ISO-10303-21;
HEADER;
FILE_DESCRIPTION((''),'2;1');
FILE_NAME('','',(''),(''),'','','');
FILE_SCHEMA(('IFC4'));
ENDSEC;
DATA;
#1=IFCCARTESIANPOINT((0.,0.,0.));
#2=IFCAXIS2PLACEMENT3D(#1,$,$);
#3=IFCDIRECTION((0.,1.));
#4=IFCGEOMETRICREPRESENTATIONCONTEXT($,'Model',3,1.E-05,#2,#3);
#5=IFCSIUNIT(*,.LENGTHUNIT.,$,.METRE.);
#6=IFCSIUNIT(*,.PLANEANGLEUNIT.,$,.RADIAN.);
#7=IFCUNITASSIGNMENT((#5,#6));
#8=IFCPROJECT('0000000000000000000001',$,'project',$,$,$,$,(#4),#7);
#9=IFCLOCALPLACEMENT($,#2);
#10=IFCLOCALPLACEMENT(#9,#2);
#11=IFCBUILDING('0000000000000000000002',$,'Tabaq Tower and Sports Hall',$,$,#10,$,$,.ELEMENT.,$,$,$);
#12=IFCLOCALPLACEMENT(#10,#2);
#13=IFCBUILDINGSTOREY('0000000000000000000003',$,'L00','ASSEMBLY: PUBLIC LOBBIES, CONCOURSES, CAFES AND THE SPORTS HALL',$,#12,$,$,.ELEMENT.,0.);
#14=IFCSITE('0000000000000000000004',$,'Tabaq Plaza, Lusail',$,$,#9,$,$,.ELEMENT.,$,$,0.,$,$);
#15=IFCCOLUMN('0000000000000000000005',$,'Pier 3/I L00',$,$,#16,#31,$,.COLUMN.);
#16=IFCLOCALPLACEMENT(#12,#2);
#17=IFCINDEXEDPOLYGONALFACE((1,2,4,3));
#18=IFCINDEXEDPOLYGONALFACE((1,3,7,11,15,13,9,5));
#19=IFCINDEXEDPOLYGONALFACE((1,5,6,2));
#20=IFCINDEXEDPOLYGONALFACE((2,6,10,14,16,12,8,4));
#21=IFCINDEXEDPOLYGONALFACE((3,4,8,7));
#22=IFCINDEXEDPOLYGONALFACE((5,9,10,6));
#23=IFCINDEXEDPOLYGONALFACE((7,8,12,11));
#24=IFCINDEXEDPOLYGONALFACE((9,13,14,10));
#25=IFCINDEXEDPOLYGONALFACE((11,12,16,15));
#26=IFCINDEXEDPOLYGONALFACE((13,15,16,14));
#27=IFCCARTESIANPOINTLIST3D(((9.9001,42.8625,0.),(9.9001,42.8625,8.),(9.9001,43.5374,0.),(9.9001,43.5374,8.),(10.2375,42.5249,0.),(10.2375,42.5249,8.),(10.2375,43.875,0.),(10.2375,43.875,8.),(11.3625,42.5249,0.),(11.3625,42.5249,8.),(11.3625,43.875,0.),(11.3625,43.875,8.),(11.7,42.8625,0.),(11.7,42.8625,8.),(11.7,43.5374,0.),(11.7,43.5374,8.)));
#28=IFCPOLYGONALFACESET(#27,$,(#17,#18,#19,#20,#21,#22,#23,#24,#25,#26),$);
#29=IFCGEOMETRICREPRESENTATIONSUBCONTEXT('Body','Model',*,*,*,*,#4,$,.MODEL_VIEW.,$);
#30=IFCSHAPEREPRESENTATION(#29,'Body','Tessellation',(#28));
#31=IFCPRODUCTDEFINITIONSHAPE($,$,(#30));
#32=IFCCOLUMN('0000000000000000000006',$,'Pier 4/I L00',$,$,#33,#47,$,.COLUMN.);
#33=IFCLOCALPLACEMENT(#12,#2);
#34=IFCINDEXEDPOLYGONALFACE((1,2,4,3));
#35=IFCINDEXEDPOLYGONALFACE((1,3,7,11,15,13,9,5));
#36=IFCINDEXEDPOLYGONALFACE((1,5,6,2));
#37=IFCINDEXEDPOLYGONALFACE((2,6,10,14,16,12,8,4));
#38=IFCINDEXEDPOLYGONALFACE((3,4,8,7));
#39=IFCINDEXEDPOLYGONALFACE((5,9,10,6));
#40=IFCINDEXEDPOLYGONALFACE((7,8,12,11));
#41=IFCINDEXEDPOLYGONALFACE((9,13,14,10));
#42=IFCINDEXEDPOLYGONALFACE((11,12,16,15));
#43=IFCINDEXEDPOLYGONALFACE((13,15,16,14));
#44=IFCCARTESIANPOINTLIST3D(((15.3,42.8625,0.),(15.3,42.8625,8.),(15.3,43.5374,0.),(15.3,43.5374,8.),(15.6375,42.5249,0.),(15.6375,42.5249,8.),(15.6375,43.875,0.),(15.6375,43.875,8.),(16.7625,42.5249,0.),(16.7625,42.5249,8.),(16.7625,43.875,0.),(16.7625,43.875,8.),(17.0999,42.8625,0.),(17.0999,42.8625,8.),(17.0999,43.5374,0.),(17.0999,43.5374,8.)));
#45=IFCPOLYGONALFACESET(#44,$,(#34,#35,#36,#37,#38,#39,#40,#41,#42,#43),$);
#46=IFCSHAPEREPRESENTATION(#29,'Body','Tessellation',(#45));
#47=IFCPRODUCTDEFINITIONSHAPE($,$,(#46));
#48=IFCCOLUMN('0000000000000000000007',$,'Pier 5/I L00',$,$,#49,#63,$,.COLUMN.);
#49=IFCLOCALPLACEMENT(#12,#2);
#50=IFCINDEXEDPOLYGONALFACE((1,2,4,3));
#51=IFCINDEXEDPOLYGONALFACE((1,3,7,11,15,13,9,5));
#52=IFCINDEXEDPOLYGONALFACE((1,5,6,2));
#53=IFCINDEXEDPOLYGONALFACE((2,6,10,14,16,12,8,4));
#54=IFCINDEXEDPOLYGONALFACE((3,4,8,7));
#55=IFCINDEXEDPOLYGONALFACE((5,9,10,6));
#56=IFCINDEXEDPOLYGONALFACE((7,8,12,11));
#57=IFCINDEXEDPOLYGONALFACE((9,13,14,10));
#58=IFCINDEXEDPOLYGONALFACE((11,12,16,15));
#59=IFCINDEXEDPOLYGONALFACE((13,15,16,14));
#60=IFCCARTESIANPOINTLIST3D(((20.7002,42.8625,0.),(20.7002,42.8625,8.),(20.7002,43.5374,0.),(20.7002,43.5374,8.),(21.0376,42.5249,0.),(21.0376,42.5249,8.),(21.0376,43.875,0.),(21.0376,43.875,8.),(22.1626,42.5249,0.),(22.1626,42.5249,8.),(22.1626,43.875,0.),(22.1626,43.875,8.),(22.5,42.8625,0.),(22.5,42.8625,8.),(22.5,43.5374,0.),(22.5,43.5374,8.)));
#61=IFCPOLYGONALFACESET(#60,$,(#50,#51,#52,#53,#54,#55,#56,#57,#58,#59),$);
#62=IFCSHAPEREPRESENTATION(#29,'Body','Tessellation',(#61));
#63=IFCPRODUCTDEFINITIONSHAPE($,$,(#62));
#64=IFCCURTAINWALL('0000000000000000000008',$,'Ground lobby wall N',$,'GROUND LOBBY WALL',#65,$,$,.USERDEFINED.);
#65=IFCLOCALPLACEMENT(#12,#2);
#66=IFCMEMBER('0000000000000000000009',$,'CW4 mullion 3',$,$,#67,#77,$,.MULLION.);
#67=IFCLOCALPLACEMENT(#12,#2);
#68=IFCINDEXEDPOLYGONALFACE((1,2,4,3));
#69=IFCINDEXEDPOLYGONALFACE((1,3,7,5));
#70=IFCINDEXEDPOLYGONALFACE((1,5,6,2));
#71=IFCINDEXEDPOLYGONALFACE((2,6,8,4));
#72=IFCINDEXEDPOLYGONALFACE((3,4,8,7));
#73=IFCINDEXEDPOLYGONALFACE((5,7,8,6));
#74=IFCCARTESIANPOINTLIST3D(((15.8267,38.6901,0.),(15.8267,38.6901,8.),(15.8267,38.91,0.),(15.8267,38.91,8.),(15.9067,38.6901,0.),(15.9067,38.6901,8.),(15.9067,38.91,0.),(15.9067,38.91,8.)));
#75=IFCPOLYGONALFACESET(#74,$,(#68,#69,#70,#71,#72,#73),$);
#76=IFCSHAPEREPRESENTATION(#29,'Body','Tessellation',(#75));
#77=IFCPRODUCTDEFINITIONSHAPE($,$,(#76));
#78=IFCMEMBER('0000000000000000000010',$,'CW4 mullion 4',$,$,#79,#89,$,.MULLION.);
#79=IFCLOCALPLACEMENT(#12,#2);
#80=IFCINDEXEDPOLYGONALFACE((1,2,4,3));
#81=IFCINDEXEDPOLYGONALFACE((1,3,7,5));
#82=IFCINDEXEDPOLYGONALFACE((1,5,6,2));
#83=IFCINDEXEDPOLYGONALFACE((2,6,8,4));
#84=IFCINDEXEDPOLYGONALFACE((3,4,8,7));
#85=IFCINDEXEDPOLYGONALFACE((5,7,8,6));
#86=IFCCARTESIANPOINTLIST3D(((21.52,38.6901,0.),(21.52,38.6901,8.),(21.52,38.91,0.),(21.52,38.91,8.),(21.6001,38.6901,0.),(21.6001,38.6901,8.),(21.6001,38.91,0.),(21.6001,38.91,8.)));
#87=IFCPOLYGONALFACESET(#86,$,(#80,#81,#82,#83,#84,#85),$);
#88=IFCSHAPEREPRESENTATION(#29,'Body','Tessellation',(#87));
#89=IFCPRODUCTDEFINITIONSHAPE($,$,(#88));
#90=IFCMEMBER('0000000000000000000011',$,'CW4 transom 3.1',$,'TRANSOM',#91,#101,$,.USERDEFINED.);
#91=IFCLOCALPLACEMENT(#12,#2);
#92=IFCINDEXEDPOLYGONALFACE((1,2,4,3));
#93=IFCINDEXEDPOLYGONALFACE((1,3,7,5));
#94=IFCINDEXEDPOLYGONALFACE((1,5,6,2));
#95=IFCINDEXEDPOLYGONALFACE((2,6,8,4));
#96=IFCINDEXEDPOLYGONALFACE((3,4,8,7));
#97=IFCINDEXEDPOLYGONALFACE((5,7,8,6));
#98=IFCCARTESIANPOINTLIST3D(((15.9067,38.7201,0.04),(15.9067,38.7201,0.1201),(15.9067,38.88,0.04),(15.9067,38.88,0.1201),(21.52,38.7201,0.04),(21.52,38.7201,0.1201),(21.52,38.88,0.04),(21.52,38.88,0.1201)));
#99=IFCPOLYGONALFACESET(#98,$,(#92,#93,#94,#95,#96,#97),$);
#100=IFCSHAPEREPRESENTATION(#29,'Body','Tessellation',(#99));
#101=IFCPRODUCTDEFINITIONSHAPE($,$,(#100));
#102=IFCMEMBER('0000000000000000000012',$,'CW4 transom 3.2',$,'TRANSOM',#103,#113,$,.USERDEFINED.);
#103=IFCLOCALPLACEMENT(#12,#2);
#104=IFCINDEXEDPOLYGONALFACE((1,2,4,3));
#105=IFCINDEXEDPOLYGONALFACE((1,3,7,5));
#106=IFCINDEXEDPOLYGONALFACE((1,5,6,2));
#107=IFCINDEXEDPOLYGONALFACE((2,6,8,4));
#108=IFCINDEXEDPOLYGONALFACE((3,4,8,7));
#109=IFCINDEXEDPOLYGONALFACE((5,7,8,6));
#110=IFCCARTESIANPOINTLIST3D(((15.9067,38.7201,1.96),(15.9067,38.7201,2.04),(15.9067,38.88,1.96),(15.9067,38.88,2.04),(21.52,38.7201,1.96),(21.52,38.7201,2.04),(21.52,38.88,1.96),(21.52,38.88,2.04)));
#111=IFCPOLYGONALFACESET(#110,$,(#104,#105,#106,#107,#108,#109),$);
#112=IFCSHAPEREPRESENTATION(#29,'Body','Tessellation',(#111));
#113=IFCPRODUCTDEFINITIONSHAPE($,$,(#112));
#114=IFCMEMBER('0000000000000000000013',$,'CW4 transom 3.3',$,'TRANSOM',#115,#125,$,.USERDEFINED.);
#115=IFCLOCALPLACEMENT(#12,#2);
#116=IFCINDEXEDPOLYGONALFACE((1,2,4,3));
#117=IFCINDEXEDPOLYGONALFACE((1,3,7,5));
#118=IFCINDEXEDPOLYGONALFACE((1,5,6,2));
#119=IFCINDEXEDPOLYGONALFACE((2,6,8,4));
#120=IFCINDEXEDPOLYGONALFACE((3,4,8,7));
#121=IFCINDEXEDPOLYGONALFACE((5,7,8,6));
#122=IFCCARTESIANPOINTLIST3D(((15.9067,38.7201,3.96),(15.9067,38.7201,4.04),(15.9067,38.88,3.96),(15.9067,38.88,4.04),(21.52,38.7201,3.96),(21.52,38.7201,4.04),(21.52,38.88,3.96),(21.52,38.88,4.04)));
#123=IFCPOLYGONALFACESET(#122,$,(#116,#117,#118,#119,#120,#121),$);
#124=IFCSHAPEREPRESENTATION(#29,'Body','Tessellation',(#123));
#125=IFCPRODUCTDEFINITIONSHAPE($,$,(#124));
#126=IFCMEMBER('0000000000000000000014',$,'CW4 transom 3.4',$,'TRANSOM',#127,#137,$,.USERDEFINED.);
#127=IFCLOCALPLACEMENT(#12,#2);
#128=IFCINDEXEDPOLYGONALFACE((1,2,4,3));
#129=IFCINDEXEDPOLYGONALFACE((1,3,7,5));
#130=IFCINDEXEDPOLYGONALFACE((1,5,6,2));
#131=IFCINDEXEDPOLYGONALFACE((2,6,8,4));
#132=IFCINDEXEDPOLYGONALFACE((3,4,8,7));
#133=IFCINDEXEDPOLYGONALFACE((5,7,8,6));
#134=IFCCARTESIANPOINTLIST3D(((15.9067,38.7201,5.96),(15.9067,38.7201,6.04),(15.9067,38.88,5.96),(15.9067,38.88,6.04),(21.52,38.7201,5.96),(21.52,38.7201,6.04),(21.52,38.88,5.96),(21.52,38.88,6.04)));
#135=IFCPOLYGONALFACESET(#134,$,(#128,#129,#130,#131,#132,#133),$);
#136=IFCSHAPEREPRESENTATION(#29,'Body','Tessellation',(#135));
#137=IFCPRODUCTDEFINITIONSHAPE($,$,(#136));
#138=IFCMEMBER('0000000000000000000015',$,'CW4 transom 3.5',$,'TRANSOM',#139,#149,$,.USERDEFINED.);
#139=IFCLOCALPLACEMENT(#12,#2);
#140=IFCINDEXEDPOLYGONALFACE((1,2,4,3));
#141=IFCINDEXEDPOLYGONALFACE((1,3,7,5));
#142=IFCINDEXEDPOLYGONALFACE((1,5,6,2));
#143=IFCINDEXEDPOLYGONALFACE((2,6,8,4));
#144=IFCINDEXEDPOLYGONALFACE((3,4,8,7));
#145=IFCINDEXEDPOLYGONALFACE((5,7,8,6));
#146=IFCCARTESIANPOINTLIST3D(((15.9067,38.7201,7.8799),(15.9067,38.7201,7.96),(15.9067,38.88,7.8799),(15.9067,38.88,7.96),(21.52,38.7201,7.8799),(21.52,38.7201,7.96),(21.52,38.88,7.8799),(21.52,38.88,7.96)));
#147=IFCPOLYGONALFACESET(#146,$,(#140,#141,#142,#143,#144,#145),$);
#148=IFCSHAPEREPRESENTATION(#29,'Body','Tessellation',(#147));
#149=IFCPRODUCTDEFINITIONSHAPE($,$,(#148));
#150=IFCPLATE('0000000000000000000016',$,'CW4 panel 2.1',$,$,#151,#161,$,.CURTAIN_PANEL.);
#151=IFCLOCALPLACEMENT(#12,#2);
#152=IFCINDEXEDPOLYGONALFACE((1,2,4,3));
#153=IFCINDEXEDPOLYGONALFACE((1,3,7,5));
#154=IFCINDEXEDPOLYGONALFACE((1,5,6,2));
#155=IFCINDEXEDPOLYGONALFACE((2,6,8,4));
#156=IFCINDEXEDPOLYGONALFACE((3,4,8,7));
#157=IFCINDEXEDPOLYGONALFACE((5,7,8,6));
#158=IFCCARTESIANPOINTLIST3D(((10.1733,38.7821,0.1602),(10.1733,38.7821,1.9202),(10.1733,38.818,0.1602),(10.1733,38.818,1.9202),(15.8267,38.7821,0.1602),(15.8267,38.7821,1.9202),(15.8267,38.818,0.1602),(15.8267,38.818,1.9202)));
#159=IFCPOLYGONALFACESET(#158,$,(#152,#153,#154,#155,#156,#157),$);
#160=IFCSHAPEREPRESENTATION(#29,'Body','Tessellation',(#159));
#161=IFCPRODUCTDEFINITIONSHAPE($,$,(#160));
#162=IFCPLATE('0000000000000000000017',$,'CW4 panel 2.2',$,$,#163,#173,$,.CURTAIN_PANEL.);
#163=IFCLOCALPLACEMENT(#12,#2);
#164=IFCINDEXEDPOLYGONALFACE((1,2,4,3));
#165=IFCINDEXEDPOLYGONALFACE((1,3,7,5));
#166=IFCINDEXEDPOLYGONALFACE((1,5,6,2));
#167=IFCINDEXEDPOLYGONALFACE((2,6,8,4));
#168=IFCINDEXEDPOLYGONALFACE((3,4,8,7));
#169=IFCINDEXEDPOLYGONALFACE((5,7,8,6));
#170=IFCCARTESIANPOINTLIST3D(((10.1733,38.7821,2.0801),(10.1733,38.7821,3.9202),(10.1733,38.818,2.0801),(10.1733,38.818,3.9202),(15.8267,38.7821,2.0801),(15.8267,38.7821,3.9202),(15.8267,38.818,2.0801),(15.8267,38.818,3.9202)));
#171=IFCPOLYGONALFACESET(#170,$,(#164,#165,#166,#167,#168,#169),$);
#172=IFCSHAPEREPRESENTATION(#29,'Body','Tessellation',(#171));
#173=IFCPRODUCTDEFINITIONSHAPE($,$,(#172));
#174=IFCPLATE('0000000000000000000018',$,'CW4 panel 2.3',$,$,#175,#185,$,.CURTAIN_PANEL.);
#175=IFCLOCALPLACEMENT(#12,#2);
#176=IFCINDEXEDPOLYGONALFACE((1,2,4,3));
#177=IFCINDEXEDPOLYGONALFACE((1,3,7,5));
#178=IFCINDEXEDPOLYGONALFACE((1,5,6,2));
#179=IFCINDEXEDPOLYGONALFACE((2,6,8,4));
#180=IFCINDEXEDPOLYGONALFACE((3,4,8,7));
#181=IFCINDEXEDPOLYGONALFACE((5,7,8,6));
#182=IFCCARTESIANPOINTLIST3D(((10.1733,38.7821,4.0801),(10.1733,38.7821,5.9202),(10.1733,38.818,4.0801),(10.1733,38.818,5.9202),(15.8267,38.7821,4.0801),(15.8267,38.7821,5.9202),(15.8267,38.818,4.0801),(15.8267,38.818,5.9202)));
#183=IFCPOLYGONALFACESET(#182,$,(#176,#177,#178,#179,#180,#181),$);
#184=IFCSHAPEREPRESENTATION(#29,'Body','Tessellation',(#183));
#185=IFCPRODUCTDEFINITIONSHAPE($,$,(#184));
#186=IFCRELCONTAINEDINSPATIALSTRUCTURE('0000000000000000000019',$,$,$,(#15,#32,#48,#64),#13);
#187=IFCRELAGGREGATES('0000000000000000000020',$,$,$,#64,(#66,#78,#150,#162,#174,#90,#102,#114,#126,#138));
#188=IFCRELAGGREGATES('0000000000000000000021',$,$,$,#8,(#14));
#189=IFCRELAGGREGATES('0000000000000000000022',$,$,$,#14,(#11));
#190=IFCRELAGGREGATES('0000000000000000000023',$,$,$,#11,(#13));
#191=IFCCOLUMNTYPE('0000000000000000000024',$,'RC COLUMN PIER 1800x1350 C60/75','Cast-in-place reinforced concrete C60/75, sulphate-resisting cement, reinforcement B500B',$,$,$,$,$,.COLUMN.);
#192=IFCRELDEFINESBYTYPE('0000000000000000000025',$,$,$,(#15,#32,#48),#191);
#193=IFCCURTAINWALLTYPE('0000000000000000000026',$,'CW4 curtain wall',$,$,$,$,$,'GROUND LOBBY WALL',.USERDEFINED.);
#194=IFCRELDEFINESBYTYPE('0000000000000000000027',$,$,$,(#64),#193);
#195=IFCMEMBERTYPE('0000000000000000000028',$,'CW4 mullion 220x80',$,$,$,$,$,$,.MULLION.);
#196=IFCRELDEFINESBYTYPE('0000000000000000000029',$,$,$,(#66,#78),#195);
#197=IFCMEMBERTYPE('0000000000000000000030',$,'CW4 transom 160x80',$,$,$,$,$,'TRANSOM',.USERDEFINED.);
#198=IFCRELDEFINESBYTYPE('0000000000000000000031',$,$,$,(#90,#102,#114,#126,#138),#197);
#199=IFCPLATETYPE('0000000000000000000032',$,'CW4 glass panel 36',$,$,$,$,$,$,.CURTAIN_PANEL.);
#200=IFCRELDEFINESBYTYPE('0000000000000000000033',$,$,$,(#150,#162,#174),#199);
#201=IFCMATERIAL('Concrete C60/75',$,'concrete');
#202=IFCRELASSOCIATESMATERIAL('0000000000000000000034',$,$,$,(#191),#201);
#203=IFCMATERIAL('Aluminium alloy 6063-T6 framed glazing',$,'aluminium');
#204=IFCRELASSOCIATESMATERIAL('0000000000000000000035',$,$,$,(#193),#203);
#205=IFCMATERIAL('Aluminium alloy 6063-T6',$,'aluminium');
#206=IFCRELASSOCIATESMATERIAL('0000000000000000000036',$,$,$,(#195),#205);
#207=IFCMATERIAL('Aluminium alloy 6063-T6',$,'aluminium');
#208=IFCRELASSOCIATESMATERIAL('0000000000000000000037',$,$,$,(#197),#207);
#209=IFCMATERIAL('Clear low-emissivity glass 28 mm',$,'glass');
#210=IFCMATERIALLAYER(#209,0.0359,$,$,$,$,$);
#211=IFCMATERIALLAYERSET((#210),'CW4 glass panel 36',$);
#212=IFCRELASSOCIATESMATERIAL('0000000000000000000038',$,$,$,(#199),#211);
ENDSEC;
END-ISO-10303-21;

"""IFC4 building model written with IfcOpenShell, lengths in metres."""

from ifc_helpers import new_model, si_unit, direction, frame, origin, origin_2d, place, context, subcontext, project, spatial, polyline, rectangle, outline, extrude, material, layer, layer_set, material_profile, profile_set, type_object, element, aggregate, save


model = new_model("IFC4")

# Units and contexts
model_context = context("Model", 3, precision=1e-05, world=origin(), true_north=direction((0.0, 1.0)))
body_context = subcontext(model_context, "Body", "Model", "MODEL_VIEW")
ifc_project = project(units=[si_unit("LENGTHUNIT", "METRE"), si_unit("PLANEANGLEUNIT", "RADIAN")], contexts=[model_context])

# Site, building, storey
site_placement = place(None, origin())
site = spatial("IfcSite", under=ifc_project, at=site_placement, Name="Tabaq Plaza, Lusail", CompositionType="ELEMENT", RefElevation=0.0)
building_placement = place(site_placement, origin())
building = spatial("IfcBuilding", under=site, at=building_placement, Name="Tabaq Tower and Sports Hall", CompositionType="ELEMENT")
storey_placement = place(building_placement, origin())
storey = spatial("IfcBuildingStorey", under=building, at=storey_placement, Name="L00", Description="ASSEMBLY: PUBLIC LOBBIES, CONCOURSES, CAFES AND THE SPORTS HALL", CompositionType="ELEMENT", Elevation=0.0)

# Columns
ifc_material_1 = material(Name="Concrete C60/75", Category="concrete")
ifc_material_profile_1 = material_profile(ifc_material_1, outline(polyline([(-0.5625, -0.675), (0.5625, -0.675), (0.8999, -0.3374), (0.8999, 0.3374), (0.5625, 0.675), (-0.5625, 0.675), (-0.8999, 0.3374), (-0.8999, -0.3374), (-0.5625, -0.675)])), Name="PIER 1800x1350")
ifc_profile_set_1 = profile_set([ifc_material_profile_1], Name="Concrete C60/75")
column_type = type_object("IfcColumnType", Name="RC COLUMN PIER 1800x1350 C60/75", Description="Cast-in-place reinforced concrete C60/75, sulphate-resisting cement, reinforcement B500B", PredefinedType="COLUMN", material=ifc_profile_set_1)
for number, where, z_axis, x_axis, name in (
    (1, (10.8, 43.2, 0.0), (0.0, 0.0, 1.0), (1.0, 0.0, 0.0), "Pier 3/I L00"),
    (2, (16.2, 43.2, 0.0), (0.0, 0.0, 1.0), (1.0, 0.0, 0.0), "Pier 4/I L00"),
    (3, (21.6001, 43.2, 0.0), (0.0, 0.0, 1.0), (1.0, 0.0, 0.0), "Pier 5/I L00"),
):
    element("IfcColumn", number, at=place(storey_placement, frame(where, z_axis=z_axis, x_axis=x_axis)), inside=storey, type_object=column_type, Name=name, PredefinedType="COLUMN", context=body_context, shape_type="SweptSolid", body=[
        extrude(outline(polyline([(-0.5625, -0.675), (0.5625, -0.675), (0.8999, -0.3374), (0.8999, 0.3374), (0.5625, 0.675), (-0.5625, 0.675), (-0.8999, 0.3374), (-0.8999, -0.3374), (-0.5625, -0.675)])), origin(), (0.0, 0.0, 1.0), 8.0),
    ])

# Curtain wall, members, plates
ifc_material_2 = material(Name="Aluminium alloy 6063-T6 framed glazing", Category="aluminium")
curtain_wall_type = type_object("IfcCurtainWallType", Name="CW4 curtain wall", ElementType="GROUND LOBBY WALL", PredefinedType="USERDEFINED", material=ifc_material_2)
curtain_wall_placement = place(storey_placement, origin())
curtain_wall = element("IfcCurtainWall", 4, at=curtain_wall_placement, inside=storey, type_object=curtain_wall_type, Name="Ground lobby wall N", ObjectType="GROUND LOBBY WALL", PredefinedType="USERDEFINED")
ifc_material_3 = material(Name="Aluminium alloy 6063-T6", Category="aluminium")
ifc_material_profile_2 = material_profile(ifc_material_3, rectangle(XDim=0.22, YDim=0.0801, at=origin_2d()), Name="MULLION 220x80")
ifc_profile_set_2 = profile_set([ifc_material_profile_2], Name="Aluminium alloy 6063-T6")
member_type_1 = type_object("IfcMemberType", Name="CW4 mullion 220x80", PredefinedType="MULLION", material=ifc_profile_set_2)
member_1_placement = place(storey_placement, frame((15.8667, 38.8, 0.0), z_axis=(0.0, 0.0, 1.0), x_axis=(0.0, 1.0, 0.0)))
member_1 = element("IfcMember", 5, at=member_1_placement, type_object=member_type_1, Name="CW4 mullion 3", PredefinedType="MULLION", context=body_context, shape_type="SweptSolid", body=[
    extrude(rectangle(XDim=0.22, YDim=0.0801, at=origin_2d()), origin(), (0.0, 0.0, 1.0), 8.0),
])
member_2_placement = place(storey_placement, frame((21.5601, 38.8, 0.0), z_axis=(0.0, 0.0, 1.0), x_axis=(0.0, 1.0, 0.0)))
member_2 = element("IfcMember", 6, at=member_2_placement, type_object=member_type_1, Name="CW4 mullion 4", PredefinedType="MULLION", context=body_context, shape_type="SweptSolid", body=[
    extrude(rectangle(XDim=0.22, YDim=0.0801, at=origin_2d()), origin(), (0.0, 0.0, 1.0), 8.0),
])
ifc_material_4 = material(Name="Aluminium alloy 6063-T6", Category="aluminium")
ifc_material_profile_3 = material_profile(ifc_material_4, rectangle(XDim=0.1599, YDim=0.0801, at=origin_2d()), Name="TRANSOM 160x80")
ifc_profile_set_3 = profile_set([ifc_material_profile_3], Name="Aluminium alloy 6063-T6")
member_type_2 = type_object("IfcMemberType", Name="CW4 transom 160x80", ElementType="TRANSOM", PredefinedType="USERDEFINED", material=ifc_profile_set_3)
member_3_placement = place(storey_placement, frame((15.9067, 38.8, 0.0801), z_axis=(1.0, 0.0, 0.0), x_axis=(0.0, 1.0, 0.0)))
member_3 = element("IfcMember", 7, at=member_3_placement, type_object=member_type_2, Name="CW4 transom 3.1", ObjectType="TRANSOM", PredefinedType="USERDEFINED", context=body_context, shape_type="SweptSolid", body=[
    extrude(rectangle(XDim=0.1599, YDim=0.0801, at=origin_2d()), origin(), (0.0, 0.0, 1.0), 5.6133),
])
member_4_placement = place(storey_placement, frame((15.9067, 38.8, 2.0), z_axis=(1.0, 0.0, 0.0), x_axis=(0.0, 1.0, 0.0)))
member_4 = element("IfcMember", 8, at=member_4_placement, type_object=member_type_2, Name="CW4 transom 3.2", ObjectType="TRANSOM", PredefinedType="USERDEFINED", context=body_context, shape_type="SweptSolid", body=[
    extrude(rectangle(XDim=0.1599, YDim=0.0801, at=origin_2d()), origin(), (0.0, 0.0, 1.0), 5.6133),
])
member_5_placement = place(storey_placement, frame((15.9067, 38.8, 4.0), z_axis=(1.0, 0.0, 0.0), x_axis=(0.0, 1.0, 0.0)))
member_5 = element("IfcMember", 9, at=member_5_placement, type_object=member_type_2, Name="CW4 transom 3.3", ObjectType="TRANSOM", PredefinedType="USERDEFINED", context=body_context, shape_type="SweptSolid", body=[
    extrude(rectangle(XDim=0.1599, YDim=0.0801, at=origin_2d()), origin(), (0.0, 0.0, 1.0), 5.6133),
])
member_6_placement = place(storey_placement, frame((15.9067, 38.8, 6.0), z_axis=(1.0, 0.0, 0.0), x_axis=(0.0, 1.0, 0.0)))
member_6 = element("IfcMember", 10, at=member_6_placement, type_object=member_type_2, Name="CW4 transom 3.4", ObjectType="TRANSOM", PredefinedType="USERDEFINED", context=body_context, shape_type="SweptSolid", body=[
    extrude(rectangle(XDim=0.1599, YDim=0.0801, at=origin_2d()), origin(), (0.0, 0.0, 1.0), 5.6133),
])
member_7_placement = place(storey_placement, frame((15.9067, 38.8, 7.9199), z_axis=(1.0, 0.0, 0.0), x_axis=(0.0, 1.0, 0.0)))
member_7 = element("IfcMember", 11, at=member_7_placement, type_object=member_type_2, Name="CW4 transom 3.5", ObjectType="TRANSOM", PredefinedType="USERDEFINED", context=body_context, shape_type="SweptSolid", body=[
    extrude(rectangle(XDim=0.1599, YDim=0.0801, at=origin_2d()), origin(), (0.0, 0.0, 1.0), 5.6133),
])
ifc_material_5 = material(Name="Clear low-emissivity glass 28 mm", Category="glass")
ifc_layer_1 = layer(ifc_material_5, 0.0359)
ifc_layer_set_1 = layer_set([ifc_layer_1], Name="CW4 glass panel 36")
plate_type = type_object("IfcPlateType", Name="CW4 glass panel 36", PredefinedType="CURTAIN_PANEL", material=ifc_layer_set_1)
plate_1_placement = place(storey_placement, frame((13.0, 38.8, 0.1602), z_axis=(0.0, 0.0, 1.0), x_axis=(1.0, 0.0, 0.0)))
plate_1 = element("IfcPlate", 12, at=plate_1_placement, type_object=plate_type, Name="CW4 panel 2.1", PredefinedType="CURTAIN_PANEL", context=body_context, shape_type="SweptSolid", body=[
    extrude(rectangle(XDim=5.6533, YDim=0.0359, at=origin_2d()), origin(), (0.0, 0.0, 1.0), 1.76),
])
plate_2_placement = place(storey_placement, frame((13.0, 38.8, 2.0801), z_axis=(0.0, 0.0, 1.0), x_axis=(1.0, 0.0, 0.0)))
plate_2 = element("IfcPlate", 13, at=plate_2_placement, type_object=plate_type, Name="CW4 panel 2.2", PredefinedType="CURTAIN_PANEL", context=body_context, shape_type="SweptSolid", body=[
    extrude(rectangle(XDim=5.6533, YDim=0.0359, at=origin_2d()), origin(), (0.0, 0.0, 1.0), 1.8401),
])
plate_3_placement = place(storey_placement, frame((13.0, 38.8, 4.0801), z_axis=(0.0, 0.0, 1.0), x_axis=(1.0, 0.0, 0.0)))
plate_3 = element("IfcPlate", 14, at=plate_3_placement, type_object=plate_type, Name="CW4 panel 2.3", PredefinedType="CURTAIN_PANEL", context=body_context, shape_type="SweptSolid", body=[
    extrude(rectangle(XDim=5.6533, YDim=0.0359, at=origin_2d()), origin(), (0.0, 0.0, 1.0), 1.8401),
])
aggregate(curtain_wall, [member_1, member_2, plate_1, plate_2, plate_3, member_3, member_4, member_5, member_6, member_7])

save(model, "model.ifc")
